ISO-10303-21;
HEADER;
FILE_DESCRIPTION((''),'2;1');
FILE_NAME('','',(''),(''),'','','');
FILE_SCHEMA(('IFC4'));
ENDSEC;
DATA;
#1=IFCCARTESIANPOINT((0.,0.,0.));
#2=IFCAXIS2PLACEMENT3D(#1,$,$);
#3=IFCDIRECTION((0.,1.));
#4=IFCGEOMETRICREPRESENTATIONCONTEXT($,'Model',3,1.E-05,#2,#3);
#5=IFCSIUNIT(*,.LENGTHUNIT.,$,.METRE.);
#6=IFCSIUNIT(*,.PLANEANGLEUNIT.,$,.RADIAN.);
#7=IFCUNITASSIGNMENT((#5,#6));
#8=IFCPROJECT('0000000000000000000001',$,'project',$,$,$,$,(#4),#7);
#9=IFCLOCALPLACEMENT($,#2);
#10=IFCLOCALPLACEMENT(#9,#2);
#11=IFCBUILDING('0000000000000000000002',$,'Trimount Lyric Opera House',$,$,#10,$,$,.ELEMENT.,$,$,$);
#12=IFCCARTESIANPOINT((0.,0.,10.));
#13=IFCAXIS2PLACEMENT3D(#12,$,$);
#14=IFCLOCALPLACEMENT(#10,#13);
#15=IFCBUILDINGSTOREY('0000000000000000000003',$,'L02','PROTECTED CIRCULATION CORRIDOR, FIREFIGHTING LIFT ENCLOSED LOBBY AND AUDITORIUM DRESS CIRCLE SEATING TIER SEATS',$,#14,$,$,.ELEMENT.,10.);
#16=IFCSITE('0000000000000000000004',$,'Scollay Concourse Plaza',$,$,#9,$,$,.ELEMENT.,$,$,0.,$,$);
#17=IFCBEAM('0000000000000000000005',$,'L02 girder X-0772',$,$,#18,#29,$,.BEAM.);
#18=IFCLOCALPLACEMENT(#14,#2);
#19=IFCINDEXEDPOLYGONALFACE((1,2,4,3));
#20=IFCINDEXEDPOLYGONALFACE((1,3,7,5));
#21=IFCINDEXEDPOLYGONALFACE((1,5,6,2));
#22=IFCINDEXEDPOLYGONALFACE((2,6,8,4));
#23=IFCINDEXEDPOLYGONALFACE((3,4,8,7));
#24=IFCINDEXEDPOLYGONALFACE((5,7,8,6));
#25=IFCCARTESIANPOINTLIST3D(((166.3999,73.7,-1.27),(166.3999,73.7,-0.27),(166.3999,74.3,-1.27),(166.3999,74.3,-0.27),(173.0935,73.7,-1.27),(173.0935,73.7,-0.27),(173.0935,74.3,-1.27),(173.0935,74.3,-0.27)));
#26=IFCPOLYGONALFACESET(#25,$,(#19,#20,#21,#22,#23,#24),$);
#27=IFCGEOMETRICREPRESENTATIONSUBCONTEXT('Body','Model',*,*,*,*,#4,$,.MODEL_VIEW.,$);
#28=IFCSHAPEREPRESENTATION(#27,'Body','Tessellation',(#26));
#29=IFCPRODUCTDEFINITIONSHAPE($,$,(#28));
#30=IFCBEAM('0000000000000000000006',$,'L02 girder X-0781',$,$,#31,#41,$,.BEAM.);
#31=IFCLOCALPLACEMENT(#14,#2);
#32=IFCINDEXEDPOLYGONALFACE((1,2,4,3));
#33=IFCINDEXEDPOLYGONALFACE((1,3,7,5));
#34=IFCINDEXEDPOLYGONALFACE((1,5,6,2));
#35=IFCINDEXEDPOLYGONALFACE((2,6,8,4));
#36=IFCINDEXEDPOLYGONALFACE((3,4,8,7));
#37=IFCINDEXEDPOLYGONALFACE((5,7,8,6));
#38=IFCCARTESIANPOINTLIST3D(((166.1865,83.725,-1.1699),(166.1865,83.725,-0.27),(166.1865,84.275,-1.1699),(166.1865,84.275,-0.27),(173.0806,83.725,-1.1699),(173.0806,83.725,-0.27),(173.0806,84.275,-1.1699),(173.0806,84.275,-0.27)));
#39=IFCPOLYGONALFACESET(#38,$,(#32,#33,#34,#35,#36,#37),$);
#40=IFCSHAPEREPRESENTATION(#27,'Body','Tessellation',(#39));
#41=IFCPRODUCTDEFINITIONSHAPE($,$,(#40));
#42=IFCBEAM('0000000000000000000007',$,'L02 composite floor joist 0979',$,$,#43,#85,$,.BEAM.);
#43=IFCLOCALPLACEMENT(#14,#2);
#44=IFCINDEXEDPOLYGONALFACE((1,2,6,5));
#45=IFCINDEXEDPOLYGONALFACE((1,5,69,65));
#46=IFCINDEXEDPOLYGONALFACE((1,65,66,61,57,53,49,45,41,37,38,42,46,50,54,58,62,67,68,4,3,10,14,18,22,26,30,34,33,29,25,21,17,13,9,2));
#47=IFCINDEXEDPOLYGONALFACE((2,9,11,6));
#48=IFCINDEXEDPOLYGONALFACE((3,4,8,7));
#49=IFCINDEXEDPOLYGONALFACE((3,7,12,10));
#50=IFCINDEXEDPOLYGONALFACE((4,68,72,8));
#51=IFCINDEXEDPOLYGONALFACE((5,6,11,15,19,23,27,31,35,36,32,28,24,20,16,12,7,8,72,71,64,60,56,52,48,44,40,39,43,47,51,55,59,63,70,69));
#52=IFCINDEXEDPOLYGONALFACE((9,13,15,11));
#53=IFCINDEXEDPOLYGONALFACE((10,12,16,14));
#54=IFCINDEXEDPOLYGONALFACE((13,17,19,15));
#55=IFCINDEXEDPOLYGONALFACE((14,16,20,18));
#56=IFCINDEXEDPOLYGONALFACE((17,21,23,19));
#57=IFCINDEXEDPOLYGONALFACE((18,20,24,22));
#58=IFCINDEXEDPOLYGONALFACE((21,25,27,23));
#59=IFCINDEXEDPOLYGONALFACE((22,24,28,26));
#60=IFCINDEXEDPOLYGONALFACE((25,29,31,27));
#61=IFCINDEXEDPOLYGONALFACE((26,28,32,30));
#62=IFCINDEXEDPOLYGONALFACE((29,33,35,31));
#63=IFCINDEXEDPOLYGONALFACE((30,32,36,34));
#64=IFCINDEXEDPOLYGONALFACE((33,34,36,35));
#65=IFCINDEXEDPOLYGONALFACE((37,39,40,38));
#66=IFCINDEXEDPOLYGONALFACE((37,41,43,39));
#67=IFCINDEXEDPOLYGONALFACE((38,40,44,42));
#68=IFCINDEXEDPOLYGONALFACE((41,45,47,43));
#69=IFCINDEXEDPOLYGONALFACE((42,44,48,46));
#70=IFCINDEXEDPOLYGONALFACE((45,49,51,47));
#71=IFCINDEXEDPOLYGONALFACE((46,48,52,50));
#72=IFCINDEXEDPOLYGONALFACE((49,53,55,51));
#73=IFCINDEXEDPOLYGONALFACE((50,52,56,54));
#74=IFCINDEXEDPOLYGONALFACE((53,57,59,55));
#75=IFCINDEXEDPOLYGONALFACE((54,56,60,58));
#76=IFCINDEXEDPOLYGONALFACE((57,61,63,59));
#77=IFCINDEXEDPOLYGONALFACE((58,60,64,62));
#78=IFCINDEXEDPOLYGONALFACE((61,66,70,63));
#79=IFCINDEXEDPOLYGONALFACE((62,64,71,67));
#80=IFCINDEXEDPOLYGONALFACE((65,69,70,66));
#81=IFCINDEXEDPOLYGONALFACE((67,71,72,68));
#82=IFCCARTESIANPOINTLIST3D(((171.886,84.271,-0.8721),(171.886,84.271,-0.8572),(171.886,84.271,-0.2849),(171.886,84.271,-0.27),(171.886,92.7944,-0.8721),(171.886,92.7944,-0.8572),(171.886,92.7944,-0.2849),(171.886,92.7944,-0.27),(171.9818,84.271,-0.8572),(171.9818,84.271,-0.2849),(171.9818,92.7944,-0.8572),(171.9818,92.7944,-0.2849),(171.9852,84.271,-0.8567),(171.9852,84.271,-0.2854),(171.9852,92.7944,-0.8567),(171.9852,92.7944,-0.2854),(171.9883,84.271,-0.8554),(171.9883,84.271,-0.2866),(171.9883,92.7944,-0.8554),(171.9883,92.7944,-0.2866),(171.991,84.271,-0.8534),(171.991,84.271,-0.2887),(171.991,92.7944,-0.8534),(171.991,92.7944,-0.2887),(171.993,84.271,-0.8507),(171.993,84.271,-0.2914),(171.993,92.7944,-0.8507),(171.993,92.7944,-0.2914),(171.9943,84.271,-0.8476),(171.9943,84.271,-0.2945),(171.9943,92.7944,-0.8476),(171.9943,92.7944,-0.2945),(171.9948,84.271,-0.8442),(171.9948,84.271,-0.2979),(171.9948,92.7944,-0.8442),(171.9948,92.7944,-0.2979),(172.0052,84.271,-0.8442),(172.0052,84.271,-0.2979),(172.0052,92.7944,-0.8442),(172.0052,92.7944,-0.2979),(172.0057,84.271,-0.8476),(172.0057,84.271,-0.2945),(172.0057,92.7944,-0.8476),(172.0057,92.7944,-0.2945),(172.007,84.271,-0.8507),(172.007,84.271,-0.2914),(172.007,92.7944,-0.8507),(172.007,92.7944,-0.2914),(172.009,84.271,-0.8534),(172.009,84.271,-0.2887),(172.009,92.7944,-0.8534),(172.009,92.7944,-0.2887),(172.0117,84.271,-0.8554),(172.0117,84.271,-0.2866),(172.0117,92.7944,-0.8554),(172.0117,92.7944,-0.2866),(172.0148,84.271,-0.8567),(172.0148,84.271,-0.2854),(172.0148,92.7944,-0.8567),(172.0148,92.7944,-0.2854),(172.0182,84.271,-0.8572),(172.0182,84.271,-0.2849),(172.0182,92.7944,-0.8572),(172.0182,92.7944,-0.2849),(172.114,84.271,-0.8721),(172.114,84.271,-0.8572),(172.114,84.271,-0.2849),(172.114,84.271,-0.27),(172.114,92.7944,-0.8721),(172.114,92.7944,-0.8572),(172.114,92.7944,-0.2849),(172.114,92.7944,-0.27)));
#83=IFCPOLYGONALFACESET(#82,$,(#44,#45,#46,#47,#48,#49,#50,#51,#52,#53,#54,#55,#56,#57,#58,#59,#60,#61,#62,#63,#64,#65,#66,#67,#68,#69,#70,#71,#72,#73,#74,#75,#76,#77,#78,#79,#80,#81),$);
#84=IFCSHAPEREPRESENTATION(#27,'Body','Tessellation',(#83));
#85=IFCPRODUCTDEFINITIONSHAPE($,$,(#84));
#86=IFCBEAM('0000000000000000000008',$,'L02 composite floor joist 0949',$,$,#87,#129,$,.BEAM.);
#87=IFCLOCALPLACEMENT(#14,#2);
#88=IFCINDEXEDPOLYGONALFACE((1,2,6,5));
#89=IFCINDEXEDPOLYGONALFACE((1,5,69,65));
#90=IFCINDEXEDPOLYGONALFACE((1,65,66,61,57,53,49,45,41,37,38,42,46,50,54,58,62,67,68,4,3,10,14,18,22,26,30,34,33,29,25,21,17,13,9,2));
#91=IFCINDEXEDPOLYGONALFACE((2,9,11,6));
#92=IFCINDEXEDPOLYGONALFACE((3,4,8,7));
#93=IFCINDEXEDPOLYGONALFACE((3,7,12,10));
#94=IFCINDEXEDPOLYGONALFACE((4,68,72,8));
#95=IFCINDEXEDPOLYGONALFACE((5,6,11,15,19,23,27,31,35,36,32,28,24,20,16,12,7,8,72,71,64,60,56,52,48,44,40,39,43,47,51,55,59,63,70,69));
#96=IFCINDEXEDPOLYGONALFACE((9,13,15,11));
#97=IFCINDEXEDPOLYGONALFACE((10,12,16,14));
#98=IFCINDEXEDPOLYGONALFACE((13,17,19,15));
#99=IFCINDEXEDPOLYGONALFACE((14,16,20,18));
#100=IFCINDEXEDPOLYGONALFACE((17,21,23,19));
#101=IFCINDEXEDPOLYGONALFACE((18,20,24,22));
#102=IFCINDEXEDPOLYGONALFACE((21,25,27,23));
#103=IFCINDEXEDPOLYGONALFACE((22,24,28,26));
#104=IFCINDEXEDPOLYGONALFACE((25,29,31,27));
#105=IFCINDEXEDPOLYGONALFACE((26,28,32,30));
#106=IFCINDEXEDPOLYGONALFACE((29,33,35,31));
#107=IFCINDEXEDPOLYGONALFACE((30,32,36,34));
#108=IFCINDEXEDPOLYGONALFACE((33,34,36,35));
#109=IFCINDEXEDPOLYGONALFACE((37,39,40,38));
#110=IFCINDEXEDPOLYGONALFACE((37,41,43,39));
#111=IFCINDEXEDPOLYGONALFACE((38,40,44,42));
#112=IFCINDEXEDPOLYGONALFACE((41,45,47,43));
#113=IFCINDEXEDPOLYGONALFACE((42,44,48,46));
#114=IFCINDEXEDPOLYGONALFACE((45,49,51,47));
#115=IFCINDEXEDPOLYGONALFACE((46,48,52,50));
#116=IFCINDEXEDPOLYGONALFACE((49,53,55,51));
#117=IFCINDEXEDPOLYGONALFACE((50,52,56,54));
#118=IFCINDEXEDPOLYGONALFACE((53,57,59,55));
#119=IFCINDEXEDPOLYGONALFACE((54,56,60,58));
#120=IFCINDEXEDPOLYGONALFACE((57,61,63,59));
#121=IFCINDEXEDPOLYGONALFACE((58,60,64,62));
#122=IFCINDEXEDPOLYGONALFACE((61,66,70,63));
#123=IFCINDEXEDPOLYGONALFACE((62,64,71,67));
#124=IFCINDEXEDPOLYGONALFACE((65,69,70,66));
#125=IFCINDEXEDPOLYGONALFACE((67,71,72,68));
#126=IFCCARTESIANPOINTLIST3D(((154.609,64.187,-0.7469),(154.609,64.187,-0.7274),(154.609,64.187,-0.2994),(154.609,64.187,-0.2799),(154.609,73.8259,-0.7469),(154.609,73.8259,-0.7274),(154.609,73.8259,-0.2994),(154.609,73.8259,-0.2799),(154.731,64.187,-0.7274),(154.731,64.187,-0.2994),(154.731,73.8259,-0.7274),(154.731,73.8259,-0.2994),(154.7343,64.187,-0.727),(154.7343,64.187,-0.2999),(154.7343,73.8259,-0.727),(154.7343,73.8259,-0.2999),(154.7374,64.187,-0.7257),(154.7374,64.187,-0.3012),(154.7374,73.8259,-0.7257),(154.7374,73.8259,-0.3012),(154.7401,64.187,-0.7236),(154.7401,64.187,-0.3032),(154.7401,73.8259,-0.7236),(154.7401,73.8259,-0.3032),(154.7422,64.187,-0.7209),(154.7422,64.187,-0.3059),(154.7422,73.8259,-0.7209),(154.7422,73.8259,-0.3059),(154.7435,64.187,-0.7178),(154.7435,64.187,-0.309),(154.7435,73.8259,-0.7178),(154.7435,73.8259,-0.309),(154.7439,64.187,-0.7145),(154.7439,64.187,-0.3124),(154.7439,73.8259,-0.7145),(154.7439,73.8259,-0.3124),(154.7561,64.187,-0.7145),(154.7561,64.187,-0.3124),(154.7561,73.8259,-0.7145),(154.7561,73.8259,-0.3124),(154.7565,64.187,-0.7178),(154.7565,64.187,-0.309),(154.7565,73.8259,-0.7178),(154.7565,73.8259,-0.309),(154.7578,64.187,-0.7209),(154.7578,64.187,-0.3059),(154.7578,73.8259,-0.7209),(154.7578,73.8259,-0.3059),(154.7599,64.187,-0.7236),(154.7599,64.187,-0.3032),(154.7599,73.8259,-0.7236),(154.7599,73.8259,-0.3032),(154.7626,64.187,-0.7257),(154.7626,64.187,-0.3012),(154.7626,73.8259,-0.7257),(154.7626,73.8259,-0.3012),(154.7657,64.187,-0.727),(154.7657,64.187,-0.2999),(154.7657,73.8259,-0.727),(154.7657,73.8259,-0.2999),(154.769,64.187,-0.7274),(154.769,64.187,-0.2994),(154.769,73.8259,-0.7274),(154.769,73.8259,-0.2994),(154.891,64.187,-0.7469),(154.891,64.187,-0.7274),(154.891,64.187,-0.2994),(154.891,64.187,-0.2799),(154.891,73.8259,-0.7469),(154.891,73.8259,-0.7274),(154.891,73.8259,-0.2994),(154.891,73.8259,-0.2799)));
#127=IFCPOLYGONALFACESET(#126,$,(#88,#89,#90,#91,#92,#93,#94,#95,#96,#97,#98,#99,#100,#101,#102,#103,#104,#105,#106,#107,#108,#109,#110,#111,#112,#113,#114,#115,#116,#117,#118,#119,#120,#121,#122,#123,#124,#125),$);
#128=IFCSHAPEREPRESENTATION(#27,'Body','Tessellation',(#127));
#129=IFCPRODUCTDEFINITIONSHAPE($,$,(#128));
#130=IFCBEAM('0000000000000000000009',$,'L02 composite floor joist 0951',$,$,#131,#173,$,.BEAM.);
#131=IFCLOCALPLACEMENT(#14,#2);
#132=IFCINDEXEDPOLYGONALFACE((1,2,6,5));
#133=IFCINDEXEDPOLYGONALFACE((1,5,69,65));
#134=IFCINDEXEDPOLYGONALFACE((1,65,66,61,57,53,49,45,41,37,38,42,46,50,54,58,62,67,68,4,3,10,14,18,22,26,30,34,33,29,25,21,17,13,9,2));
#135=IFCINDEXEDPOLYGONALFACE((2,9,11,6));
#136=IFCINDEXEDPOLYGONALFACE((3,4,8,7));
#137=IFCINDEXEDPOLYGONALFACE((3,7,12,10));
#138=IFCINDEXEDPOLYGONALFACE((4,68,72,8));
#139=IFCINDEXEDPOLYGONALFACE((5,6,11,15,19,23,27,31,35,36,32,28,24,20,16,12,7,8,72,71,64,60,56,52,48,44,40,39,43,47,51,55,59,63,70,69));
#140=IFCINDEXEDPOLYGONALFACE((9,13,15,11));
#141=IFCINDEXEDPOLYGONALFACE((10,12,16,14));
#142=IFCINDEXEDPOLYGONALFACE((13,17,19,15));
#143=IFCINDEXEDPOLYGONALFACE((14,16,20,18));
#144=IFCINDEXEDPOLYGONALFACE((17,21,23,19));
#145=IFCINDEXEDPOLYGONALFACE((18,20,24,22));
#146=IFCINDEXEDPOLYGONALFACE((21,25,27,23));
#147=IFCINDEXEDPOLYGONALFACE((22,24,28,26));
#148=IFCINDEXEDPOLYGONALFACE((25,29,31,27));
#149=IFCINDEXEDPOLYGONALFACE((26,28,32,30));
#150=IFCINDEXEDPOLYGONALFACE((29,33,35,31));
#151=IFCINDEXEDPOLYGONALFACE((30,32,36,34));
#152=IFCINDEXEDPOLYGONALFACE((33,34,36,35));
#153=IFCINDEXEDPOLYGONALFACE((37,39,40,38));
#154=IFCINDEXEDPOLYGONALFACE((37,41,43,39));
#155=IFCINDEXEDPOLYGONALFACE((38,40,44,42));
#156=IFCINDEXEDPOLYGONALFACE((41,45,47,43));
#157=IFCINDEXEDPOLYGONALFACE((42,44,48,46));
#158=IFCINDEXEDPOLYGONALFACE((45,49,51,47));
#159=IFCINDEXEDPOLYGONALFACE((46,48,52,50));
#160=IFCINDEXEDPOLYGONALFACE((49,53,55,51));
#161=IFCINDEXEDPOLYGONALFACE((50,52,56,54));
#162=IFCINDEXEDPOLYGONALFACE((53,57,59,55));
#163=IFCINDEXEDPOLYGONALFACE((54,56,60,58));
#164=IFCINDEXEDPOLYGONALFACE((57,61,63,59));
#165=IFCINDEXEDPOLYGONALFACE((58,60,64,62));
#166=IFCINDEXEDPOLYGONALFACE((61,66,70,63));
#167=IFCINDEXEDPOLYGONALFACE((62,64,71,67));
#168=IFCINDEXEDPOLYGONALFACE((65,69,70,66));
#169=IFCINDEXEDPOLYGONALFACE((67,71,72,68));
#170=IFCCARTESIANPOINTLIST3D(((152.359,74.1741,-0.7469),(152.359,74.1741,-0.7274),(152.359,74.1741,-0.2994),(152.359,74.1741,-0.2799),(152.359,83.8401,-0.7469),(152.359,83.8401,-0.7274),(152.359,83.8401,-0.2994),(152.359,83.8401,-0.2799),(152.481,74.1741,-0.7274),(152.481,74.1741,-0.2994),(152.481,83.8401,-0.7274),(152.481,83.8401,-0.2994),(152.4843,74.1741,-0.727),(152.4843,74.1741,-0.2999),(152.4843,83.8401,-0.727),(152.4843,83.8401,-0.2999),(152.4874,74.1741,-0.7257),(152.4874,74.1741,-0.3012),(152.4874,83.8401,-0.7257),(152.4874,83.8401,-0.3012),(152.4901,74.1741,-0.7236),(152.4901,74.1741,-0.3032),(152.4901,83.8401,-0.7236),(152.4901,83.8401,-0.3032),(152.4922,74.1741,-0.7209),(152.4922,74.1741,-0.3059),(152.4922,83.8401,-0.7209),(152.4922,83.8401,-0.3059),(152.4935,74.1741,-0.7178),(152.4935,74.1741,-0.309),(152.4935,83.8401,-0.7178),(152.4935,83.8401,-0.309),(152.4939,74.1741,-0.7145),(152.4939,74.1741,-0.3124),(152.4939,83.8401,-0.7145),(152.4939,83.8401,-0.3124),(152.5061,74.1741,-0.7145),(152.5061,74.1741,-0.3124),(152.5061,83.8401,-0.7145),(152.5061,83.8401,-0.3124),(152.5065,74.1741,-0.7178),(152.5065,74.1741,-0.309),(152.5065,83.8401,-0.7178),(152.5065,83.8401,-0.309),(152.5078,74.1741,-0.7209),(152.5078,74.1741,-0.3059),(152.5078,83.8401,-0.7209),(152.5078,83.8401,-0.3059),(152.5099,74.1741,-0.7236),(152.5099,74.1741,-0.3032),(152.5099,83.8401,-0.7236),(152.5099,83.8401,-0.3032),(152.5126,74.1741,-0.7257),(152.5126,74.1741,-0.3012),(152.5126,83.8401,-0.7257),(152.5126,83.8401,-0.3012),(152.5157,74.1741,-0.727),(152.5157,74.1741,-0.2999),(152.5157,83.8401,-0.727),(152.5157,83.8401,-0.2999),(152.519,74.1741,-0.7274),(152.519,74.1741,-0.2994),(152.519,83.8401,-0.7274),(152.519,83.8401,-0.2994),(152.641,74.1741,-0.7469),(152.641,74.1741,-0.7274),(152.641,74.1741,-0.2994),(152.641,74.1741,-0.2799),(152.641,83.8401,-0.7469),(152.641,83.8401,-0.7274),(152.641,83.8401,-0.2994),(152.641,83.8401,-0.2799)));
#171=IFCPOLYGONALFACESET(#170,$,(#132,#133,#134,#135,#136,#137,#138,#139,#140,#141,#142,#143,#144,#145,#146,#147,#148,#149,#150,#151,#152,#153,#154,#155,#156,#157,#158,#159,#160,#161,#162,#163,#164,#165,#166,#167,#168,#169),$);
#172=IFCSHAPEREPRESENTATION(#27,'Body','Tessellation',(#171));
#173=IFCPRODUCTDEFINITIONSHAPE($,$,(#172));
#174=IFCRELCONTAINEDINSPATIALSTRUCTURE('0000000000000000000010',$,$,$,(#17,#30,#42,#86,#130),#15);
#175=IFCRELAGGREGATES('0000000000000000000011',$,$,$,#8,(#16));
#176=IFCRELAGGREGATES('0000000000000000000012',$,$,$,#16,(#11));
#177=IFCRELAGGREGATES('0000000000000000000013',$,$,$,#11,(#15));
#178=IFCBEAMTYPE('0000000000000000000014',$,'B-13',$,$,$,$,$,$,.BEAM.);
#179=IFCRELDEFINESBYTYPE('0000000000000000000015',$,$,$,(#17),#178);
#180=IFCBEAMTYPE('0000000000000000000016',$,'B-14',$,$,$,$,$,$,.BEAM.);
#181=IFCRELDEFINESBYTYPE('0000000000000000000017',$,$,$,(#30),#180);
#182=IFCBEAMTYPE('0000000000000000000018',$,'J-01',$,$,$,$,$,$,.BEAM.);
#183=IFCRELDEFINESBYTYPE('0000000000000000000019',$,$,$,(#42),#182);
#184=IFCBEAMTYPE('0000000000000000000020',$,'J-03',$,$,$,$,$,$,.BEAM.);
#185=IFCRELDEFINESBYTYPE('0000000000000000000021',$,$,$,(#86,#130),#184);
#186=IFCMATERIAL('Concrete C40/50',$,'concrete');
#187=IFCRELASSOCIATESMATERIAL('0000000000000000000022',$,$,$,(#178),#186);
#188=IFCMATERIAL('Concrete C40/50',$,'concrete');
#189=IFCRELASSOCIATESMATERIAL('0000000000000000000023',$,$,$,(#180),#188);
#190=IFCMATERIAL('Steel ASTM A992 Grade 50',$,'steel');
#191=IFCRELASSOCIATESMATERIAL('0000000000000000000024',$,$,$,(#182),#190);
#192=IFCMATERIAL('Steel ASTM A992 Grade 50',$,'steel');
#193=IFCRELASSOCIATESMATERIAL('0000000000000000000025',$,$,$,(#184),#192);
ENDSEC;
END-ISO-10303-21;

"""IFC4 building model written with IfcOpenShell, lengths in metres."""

from ifc_helpers import new_model, si_unit, direction, frame, origin, origin_2d, place, context, subcontext, project, spatial, rectangle, i_section, extrude, material, material_profile, profile_set, type_object, element, save


model = new_model("IFC4")

# Units and contexts
model_context = context("Model", 3, precision=1e-05, world=origin(), true_north=direction((0.0, 1.0)))
body_context = subcontext(model_context, "Body", "Model", "MODEL_VIEW")
ifc_project = project(units=[si_unit("LENGTHUNIT", "METRE"), si_unit("PLANEANGLEUNIT", "RADIAN")], contexts=[model_context])

# Site, building, storey
site_placement = place(None, origin())
site = spatial("IfcSite", under=ifc_project, at=site_placement, Name="Scollay Concourse Plaza", CompositionType="ELEMENT", RefElevation=0.0)
building_placement = place(site_placement, origin())
building = spatial("IfcBuilding", under=site, at=building_placement, Name="Trimount Lyric Opera House", CompositionType="ELEMENT")
storey_placement = place(building_placement, frame((0.0, 0.0, 10.0)))
storey = spatial("IfcBuildingStorey", under=building, at=storey_placement, Name="L02", Description="PROTECTED CIRCULATION CORRIDOR, FIREFIGHTING LIFT ENCLOSED LOBBY AND AUDITORIUM DRESS CIRCLE SEATING TIER SEATS", CompositionType="ELEMENT", Elevation=10.0)

# Beams
ifc_material_1 = material(Name="Concrete C40/50", Category="concrete")
ifc_material_profile_1 = material_profile(ifc_material_1, rectangle(XDim=0.6001, YDim=1.0, at=origin_2d()), Name="RC600X1000")
ifc_profile_set_1 = profile_set([ifc_material_profile_1], Name="Concrete C40/50")
beam_type_1 = type_object("IfcBeamType", Name="B-13", PredefinedType="BEAM", material=ifc_profile_set_1)
beam_1_placement = place(storey_placement, frame((166.3999, 74.0, -0.77), z_axis=(1.0, 0.0, 0.0), x_axis=(0.0, 1.0, 0.0)))
element("IfcBeam", 1, at=beam_1_placement, inside=storey, type_object=beam_type_1, Name="L02 girder X-0772", PredefinedType="BEAM", context=body_context, shape_type="SweptSolid", body=[
    extrude(rectangle(XDim=0.6001, YDim=1.0, at=origin_2d()), origin(), (0.0, 0.0, 1.0), 6.6936),
])
ifc_material_2 = material(Name="Concrete C40/50", Category="concrete")
ifc_material_profile_2 = material_profile(ifc_material_2, rectangle(XDim=0.55, YDim=0.8999, at=origin_2d()), Name="RC550X900")
ifc_profile_set_2 = profile_set([ifc_material_profile_2], Name="Concrete C40/50")
beam_type_2 = type_object("IfcBeamType", Name="B-14", PredefinedType="BEAM", material=ifc_profile_set_2)
beam_2_placement = place(storey_placement, frame((166.1865, 84.0, -0.72), z_axis=(1.0, 0.0, 0.0), x_axis=(0.0, 1.0, 0.0)))
element("IfcBeam", 2, at=beam_2_placement, inside=storey, type_object=beam_type_2, Name="L02 girder X-0781", PredefinedType="BEAM", context=body_context, shape_type="SweptSolid", body=[
    extrude(rectangle(XDim=0.55, YDim=0.8999, at=origin_2d()), origin(), (0.0, 0.0, 1.0), 6.894),
])
ifc_material_3 = material(Name="Steel ASTM A992 Grade 50", Category="steel")
ifc_material_profile_3 = material_profile(ifc_material_3, i_section(OverallWidth=0.228, OverallDepth=0.6021, WebThickness=0.0105, FlangeThickness=0.0149, FilletRadius=0.0129, at=origin_2d()), Name="W24X68")
ifc_profile_set_3 = profile_set([ifc_material_profile_3], Name="Steel ASTM A992 Grade 50")
beam_type_3 = type_object("IfcBeamType", Name="J-01", PredefinedType="BEAM", material=ifc_profile_set_3)
beam_3_placement = place(storey_placement, frame((172.0, 84.271, -0.571), z_axis=(0.0, 1.0, 0.0), x_axis=(-1.0, 0.0, 0.0)))
element("IfcBeam", 3, at=beam_3_placement, inside=storey, type_object=beam_type_3, Name="L02 composite floor joist 0979", PredefinedType="BEAM", context=body_context, shape_type="SweptSolid", body=[
    extrude(i_section(OverallWidth=0.228, OverallDepth=0.6021, WebThickness=0.0105, FlangeThickness=0.0149, FilletRadius=0.0129, at=origin_2d()), origin(), (0.0, 0.0, 1.0), 8.5234),
])
ifc_material_4 = material(Name="Steel ASTM A992 Grade 50", Category="steel")
ifc_material_profile_4 = material_profile(ifc_material_4, i_section(OverallWidth=0.282, OverallDepth=0.467, WebThickness=0.0122, FlangeThickness=0.0195, FilletRadius=0.0129, at=origin_2d()), Name="W18X86")
ifc_profile_set_4 = profile_set([ifc_material_profile_4], Name="Steel ASTM A992 Grade 50")
beam_type_4 = type_object("IfcBeamType", Name="J-03", PredefinedType="BEAM", material=ifc_profile_set_4)
beam_4_placement = place(storey_placement, frame((154.75, 64.187, -0.5134), z_axis=(0.0, 1.0, 0.0), x_axis=(-1.0, 0.0, 0.0)))
element("IfcBeam", 4, at=beam_4_placement, inside=storey, type_object=beam_type_4, Name="L02 composite floor joist 0949", PredefinedType="BEAM", context=body_context, shape_type="SweptSolid", body=[
    extrude(i_section(OverallWidth=0.282, OverallDepth=0.467, WebThickness=0.0122, FlangeThickness=0.0195, FilletRadius=0.0129, at=origin_2d()), origin(), (0.0, 0.0, 1.0), 9.6389),
])
beam_5_placement = place(storey_placement, frame((152.5, 74.1741, -0.5134), z_axis=(0.0, 1.0, 0.0), x_axis=(-1.0, 0.0, 0.0)))
element("IfcBeam", 5, at=beam_5_placement, inside=storey, type_object=beam_type_4, Name="L02 composite floor joist 0951", PredefinedType="BEAM", context=body_context, shape_type="SweptSolid", body=[
    extrude(i_section(OverallWidth=0.282, OverallDepth=0.467, WebThickness=0.0122, FlangeThickness=0.0195, FilletRadius=0.0129, at=origin_2d()), origin(), (0.0, 0.0, 1.0), 9.666),
])

save(model, "model.ifc")
